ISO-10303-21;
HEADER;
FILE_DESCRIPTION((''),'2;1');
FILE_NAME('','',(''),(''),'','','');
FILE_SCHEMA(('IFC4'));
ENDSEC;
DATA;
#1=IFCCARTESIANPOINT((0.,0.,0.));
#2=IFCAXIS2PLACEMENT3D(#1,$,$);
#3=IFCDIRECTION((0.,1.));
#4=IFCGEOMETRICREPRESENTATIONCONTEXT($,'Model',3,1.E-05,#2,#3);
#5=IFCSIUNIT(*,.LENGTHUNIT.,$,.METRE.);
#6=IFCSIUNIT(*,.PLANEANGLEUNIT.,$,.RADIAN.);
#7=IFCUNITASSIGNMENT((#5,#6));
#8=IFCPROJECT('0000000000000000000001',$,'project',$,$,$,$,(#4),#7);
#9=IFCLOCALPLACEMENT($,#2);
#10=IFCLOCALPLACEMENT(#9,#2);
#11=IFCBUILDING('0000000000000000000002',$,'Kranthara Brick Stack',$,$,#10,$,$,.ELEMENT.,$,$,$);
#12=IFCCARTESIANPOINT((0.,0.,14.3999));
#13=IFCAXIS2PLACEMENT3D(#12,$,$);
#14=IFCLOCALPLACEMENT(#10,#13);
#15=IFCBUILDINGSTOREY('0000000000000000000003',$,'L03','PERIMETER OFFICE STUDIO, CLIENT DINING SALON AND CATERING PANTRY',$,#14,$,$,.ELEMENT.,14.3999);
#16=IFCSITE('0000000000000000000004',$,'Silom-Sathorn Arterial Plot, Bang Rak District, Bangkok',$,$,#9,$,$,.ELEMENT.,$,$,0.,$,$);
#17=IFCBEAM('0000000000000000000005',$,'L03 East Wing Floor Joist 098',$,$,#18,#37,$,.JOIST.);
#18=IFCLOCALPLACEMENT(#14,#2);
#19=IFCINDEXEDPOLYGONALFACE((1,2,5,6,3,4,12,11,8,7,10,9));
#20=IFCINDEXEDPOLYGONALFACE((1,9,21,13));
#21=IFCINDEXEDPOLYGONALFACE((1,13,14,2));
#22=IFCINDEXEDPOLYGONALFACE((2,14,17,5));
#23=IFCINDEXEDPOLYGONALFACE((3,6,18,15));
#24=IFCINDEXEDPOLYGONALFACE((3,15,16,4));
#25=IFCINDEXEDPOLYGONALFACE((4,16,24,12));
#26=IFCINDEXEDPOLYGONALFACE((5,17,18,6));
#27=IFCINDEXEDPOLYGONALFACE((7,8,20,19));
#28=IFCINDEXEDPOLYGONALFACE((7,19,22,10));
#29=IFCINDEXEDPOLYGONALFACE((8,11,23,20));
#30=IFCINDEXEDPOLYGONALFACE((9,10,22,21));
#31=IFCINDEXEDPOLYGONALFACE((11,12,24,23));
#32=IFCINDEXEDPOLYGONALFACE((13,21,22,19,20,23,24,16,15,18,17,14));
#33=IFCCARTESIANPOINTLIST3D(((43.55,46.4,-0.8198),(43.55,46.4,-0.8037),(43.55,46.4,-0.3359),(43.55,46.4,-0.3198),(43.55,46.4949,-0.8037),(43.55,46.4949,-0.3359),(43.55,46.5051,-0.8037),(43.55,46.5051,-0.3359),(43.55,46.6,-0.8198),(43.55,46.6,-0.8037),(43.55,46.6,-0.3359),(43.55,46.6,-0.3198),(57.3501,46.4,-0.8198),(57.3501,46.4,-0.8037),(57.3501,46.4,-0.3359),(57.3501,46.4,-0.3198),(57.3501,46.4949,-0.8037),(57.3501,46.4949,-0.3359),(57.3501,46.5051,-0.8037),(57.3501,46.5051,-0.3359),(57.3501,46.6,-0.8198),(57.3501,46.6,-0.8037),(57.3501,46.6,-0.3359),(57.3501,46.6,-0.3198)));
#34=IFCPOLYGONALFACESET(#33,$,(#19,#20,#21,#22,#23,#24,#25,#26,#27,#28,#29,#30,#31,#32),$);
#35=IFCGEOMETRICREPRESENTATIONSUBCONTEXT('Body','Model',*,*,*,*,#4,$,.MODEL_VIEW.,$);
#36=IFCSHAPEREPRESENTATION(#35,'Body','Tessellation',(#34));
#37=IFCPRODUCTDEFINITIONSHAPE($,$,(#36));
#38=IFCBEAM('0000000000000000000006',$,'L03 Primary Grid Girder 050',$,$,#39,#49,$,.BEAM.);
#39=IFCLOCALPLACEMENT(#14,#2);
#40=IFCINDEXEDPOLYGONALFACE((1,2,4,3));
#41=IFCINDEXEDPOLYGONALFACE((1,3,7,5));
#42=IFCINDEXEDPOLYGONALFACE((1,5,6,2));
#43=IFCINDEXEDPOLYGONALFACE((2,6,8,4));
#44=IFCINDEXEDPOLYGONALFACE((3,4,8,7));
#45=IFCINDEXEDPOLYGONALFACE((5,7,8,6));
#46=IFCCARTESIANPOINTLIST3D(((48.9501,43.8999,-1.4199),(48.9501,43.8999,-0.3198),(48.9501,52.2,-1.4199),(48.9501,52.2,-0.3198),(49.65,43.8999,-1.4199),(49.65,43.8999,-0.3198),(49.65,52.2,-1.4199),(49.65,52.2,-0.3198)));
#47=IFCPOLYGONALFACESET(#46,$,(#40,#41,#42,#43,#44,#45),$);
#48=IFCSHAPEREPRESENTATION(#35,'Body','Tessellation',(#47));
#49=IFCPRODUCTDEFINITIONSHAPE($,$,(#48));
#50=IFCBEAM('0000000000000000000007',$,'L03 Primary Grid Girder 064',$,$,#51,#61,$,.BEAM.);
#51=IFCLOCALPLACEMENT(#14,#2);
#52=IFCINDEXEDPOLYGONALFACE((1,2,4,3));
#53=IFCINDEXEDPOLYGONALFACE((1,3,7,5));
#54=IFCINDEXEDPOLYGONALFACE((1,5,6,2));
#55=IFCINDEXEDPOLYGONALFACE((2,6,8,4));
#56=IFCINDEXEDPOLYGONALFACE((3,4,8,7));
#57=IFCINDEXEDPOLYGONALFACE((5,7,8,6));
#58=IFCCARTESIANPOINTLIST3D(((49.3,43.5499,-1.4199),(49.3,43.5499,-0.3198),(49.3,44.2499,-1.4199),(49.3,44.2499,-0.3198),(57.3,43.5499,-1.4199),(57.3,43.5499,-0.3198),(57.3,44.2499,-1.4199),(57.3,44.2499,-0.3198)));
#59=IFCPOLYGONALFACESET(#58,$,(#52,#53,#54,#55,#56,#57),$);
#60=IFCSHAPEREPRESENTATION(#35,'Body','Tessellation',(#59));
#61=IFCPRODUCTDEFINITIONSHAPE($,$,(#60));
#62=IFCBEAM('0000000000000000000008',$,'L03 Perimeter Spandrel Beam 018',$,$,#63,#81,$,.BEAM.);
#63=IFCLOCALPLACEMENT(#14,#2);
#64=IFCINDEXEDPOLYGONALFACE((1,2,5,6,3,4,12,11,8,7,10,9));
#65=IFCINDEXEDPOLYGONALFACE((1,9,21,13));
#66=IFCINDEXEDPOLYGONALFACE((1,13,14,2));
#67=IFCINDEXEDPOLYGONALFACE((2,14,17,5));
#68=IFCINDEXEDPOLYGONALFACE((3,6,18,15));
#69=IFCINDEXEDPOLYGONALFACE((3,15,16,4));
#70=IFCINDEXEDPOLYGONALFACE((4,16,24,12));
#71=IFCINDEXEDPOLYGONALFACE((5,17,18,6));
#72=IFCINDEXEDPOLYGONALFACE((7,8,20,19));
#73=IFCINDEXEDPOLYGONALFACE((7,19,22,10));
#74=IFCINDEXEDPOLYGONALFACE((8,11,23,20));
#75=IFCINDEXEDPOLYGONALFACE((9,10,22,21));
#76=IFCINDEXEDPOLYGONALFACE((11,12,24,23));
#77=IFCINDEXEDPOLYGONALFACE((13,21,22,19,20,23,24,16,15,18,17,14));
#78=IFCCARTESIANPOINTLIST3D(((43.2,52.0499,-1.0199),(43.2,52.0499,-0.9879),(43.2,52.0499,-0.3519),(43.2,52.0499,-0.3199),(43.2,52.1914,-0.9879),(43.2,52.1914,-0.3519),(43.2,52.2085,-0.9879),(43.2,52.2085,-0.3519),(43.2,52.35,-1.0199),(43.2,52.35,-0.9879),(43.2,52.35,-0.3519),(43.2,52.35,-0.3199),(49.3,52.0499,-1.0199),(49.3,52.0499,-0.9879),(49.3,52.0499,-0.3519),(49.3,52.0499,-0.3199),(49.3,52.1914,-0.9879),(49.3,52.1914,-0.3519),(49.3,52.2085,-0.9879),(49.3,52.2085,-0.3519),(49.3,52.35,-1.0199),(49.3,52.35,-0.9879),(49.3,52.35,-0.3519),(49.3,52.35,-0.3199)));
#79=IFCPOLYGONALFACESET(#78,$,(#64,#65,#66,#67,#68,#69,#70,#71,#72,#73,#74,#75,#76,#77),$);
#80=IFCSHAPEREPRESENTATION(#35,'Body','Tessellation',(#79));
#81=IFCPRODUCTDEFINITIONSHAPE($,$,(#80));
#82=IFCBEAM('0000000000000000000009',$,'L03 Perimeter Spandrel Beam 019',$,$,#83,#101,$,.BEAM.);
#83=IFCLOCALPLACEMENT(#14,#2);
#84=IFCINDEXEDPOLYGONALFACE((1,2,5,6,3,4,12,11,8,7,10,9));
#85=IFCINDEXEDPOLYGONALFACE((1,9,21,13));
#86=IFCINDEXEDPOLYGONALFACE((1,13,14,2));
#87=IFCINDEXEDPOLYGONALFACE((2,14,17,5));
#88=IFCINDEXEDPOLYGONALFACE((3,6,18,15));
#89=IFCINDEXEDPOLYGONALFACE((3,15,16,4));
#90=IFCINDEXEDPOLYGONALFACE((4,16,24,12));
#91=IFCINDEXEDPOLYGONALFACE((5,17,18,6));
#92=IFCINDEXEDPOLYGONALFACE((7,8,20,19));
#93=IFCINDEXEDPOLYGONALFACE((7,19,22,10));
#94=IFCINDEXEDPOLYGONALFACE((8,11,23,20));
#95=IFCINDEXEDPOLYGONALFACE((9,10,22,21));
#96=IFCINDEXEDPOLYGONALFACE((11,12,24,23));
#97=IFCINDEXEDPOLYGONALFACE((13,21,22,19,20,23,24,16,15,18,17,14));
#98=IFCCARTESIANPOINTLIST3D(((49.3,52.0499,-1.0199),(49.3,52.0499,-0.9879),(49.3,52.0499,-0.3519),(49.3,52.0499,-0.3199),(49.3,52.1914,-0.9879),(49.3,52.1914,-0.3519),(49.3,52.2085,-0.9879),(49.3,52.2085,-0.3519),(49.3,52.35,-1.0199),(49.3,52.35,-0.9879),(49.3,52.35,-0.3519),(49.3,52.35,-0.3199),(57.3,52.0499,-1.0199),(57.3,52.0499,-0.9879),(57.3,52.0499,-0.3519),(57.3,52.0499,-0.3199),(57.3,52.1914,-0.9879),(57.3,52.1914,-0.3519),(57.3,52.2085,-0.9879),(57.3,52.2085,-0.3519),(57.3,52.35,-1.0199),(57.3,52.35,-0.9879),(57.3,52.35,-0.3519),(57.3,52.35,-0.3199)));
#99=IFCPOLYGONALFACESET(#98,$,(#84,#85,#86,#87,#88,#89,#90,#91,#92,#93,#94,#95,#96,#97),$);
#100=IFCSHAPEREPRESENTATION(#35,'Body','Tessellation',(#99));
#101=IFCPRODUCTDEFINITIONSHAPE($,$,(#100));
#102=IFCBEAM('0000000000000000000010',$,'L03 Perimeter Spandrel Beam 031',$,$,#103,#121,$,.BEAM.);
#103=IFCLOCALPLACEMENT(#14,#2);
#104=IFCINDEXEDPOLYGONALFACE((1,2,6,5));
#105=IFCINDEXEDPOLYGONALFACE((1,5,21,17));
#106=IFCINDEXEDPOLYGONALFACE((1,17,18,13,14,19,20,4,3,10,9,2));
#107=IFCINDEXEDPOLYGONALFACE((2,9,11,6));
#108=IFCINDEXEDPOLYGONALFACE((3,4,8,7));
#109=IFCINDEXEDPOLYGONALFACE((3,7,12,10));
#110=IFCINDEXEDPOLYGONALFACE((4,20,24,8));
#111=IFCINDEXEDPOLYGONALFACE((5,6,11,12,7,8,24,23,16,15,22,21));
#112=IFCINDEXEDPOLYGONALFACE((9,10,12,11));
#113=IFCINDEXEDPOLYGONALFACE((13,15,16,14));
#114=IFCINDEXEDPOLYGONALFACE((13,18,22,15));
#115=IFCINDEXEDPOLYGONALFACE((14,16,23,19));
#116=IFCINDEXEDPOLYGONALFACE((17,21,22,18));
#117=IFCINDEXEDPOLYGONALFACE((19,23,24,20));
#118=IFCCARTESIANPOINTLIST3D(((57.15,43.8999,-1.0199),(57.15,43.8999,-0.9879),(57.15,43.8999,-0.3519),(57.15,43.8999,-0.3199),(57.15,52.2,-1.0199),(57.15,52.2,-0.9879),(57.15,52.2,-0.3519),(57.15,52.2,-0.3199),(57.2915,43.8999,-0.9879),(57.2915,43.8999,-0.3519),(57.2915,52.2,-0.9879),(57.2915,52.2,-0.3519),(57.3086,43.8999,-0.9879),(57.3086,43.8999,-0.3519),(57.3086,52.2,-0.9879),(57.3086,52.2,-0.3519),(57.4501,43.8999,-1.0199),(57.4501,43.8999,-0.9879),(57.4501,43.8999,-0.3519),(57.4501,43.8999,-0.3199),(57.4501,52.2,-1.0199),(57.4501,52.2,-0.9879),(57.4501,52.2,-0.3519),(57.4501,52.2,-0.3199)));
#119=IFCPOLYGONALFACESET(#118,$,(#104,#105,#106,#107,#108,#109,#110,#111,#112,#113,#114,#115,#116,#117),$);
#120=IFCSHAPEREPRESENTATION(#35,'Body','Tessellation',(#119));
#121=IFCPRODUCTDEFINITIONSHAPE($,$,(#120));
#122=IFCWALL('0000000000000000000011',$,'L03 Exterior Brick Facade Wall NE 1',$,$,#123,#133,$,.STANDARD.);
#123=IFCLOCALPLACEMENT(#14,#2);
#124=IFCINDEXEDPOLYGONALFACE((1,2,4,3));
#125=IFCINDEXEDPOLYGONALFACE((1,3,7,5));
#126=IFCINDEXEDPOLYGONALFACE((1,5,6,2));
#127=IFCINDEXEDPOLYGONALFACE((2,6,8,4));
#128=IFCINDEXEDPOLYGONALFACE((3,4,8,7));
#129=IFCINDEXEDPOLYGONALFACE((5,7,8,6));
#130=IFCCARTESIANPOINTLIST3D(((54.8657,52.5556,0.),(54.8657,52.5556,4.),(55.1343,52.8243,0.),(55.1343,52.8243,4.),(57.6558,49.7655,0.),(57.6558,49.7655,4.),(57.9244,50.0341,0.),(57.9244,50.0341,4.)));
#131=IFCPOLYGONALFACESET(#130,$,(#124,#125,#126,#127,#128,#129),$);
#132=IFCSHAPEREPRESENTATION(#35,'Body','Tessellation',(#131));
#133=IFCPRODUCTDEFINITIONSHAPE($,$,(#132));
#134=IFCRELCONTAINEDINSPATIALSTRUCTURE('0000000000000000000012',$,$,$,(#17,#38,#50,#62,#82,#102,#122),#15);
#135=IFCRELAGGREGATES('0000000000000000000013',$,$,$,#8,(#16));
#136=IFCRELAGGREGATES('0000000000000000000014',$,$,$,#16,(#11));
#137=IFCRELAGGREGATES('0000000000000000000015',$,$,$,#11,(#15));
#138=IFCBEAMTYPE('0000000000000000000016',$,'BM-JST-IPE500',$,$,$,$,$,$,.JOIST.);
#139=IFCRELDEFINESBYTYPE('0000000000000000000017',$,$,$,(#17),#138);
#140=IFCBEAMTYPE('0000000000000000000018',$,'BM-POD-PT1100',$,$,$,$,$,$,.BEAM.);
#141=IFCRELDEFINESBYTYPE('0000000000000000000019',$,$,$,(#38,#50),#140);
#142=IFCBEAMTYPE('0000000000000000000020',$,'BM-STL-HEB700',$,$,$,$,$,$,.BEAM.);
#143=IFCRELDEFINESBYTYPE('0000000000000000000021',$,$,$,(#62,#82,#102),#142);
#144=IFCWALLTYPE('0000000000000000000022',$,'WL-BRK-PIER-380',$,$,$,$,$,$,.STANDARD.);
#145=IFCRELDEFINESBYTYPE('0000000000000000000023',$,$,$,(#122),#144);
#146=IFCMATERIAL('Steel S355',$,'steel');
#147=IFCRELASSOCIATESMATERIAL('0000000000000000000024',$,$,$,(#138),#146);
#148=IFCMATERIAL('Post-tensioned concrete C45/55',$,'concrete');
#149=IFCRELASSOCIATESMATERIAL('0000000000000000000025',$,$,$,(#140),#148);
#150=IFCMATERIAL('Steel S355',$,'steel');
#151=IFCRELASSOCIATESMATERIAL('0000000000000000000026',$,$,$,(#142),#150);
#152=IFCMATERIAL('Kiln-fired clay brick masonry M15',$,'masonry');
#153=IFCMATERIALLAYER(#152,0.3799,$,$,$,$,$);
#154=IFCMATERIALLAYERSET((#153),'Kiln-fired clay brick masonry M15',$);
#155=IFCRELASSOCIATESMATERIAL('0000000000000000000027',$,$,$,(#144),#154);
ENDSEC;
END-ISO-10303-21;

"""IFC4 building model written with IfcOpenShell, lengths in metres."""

from ifc_helpers import new_model, si_unit, direction, frame, frame_2d, origin, origin_2d, place, context, subcontext, project, spatial, rectangle, i_section, extrude, material, layer, layer_set, material_profile, profile_set, type_object, element, save


model = new_model("IFC4")

# Units and contexts
model_context = context("Model", 3, precision=1e-05, world=origin(), true_north=direction((0.0, 1.0)))
body_context = subcontext(model_context, "Body", "Model", "MODEL_VIEW")
ifc_project = project(units=[si_unit("LENGTHUNIT", "METRE"), si_unit("PLANEANGLEUNIT", "RADIAN")], contexts=[model_context])

# Site, building, storey
site_placement = place(None, origin())
site = spatial("IfcSite", under=ifc_project, at=site_placement, Name="Silom-Sathorn Arterial Plot, Bang Rak District, Bangkok", CompositionType="ELEMENT", RefElevation=0.0)
building_placement = place(site_placement, origin())
building = spatial("IfcBuilding", under=site, at=building_placement, Name="Kranthara Brick Stack", CompositionType="ELEMENT")
storey_placement = place(building_placement, frame((0.0, 0.0, 14.3999)))
storey = spatial("IfcBuildingStorey", under=building, at=storey_placement, Name="L03", Description="PERIMETER OFFICE STUDIO, CLIENT DINING SALON AND CATERING PANTRY", CompositionType="ELEMENT", Elevation=14.3999)

# Beams
ifc_material_1 = material(Name="Steel S355", Category="steel")
ifc_material_profile_1 = material_profile(ifc_material_1, i_section(OverallWidth=0.2, OverallDepth=0.5, WebThickness=0.0103, FlangeThickness=0.0161, at=origin_2d()), Name="IPE 500")
ifc_profile_set_1 = profile_set([ifc_material_profile_1], Name="Steel S355")
beam_type_1 = type_object("IfcBeamType", Name="BM-JST-IPE500", PredefinedType="JOIST", material=ifc_profile_set_1)
for number, where, z_axis, x_axis, name in (
    (1, (43.55, 46.5, -0.5698), (1.0, 0.0, 0.0), (0.0, 1.0, 0.0), "L03 East Wing Floor Joist 098"),
):
    element("IfcBeam", number, at=place(storey_placement, frame(where, z_axis=z_axis, x_axis=x_axis)), inside=storey, type_object=beam_type_1, Name=name, PredefinedType="JOIST", context=body_context, shape_type="SweptSolid", body=[
        extrude(i_section(OverallWidth=0.2, OverallDepth=0.5, WebThickness=0.0103, FlangeThickness=0.0161, at=origin_2d()), origin(), (0.0, 0.0, 1.0), 13.8),
    ])
ifc_material_2 = material(Name="Post-tensioned concrete C45/55", Category="concrete")
ifc_material_profile_2 = material_profile(ifc_material_2, rectangle(XDim=0.7, YDim=1.1001, at=origin_2d()), Name="PT 700x1100")
ifc_profile_set_2 = profile_set([ifc_material_profile_2], Name="Post-tensioned concrete C45/55")
beam_type_2 = type_object("IfcBeamType", Name="BM-POD-PT1100", PredefinedType="BEAM", material=ifc_profile_set_2)
beam_1_placement = place(storey_placement, frame((49.3, 43.8999, -0.8699), z_axis=(0.0, 1.0, 0.0), x_axis=(-1.0, 0.0, 0.0)))
element("IfcBeam", 2, at=beam_1_placement, inside=storey, type_object=beam_type_2, Name="L03 Primary Grid Girder 050", PredefinedType="BEAM", context=body_context, shape_type="SweptSolid", body=[
    extrude(rectangle(XDim=0.7, YDim=1.1001, at=origin_2d()), origin(), (0.0, 0.0, 1.0), 8.3),
])
beam_2_placement = place(storey_placement, frame((49.3, 43.8999, -0.8699), z_axis=(1.0, 0.0, 0.0), x_axis=(0.0, 1.0, 0.0)))
element("IfcBeam", 3, at=beam_2_placement, inside=storey, type_object=beam_type_2, Name="L03 Primary Grid Girder 064", PredefinedType="BEAM", context=body_context, shape_type="SweptSolid", body=[
    extrude(rectangle(XDim=0.7, YDim=1.1001, at=origin_2d()), origin(), (0.0, 0.0, 1.0), 8.0),
])
ifc_material_3 = material(Name="Steel S355", Category="steel")
ifc_material_profile_3 = material_profile(ifc_material_3, i_section(OverallWidth=0.3, OverallDepth=0.7, WebThickness=0.0171, FlangeThickness=0.032, at=origin_2d()), Name="HEB 700")
ifc_profile_set_3 = profile_set([ifc_material_profile_3], Name="Steel S355")
beam_type_3 = type_object("IfcBeamType", Name="BM-STL-HEB700", PredefinedType="BEAM", material=ifc_profile_set_3)
beam_3_placement = place(storey_placement, frame((43.2, 52.2, -0.6699), z_axis=(1.0, 0.0, 0.0), x_axis=(0.0, 1.0, 0.0)))
element("IfcBeam", 4, at=beam_3_placement, inside=storey, type_object=beam_type_3, Name="L03 Perimeter Spandrel Beam 018", PredefinedType="BEAM", context=body_context, shape_type="SweptSolid", body=[
    extrude(i_section(OverallWidth=0.3, OverallDepth=0.7, WebThickness=0.0171, FlangeThickness=0.032, at=origin_2d()), origin(), (0.0, 0.0, 1.0), 6.1001),
])
beam_4_placement = place(storey_placement, frame((49.3, 52.2, -0.6699), z_axis=(1.0, 0.0, 0.0), x_axis=(0.0, 1.0, 0.0)))
element("IfcBeam", 5, at=beam_4_placement, inside=storey, type_object=beam_type_3, Name="L03 Perimeter Spandrel Beam 019", PredefinedType="BEAM", context=body_context, shape_type="SweptSolid", body=[
    extrude(i_section(OverallWidth=0.3, OverallDepth=0.7, WebThickness=0.0171, FlangeThickness=0.032, at=origin_2d()), origin(), (0.0, 0.0, 1.0), 8.0),
])
beam_5_placement = place(storey_placement, frame((57.3, 43.8999, -0.6699), z_axis=(0.0, 1.0, 0.0), x_axis=(-1.0, 0.0, 0.0)))
element("IfcBeam", 6, at=beam_5_placement, inside=storey, type_object=beam_type_3, Name="L03 Perimeter Spandrel Beam 031", PredefinedType="BEAM", context=body_context, shape_type="SweptSolid", body=[
    extrude(i_section(OverallWidth=0.3, OverallDepth=0.7, WebThickness=0.0171, FlangeThickness=0.032, at=origin_2d()), origin(), (0.0, 0.0, 1.0), 8.3),
])

# Wall
ifc_material_4 = material(Name="Kiln-fired clay brick masonry M15", Category="masonry")
ifc_layer_1 = layer(ifc_material_4, 0.3799)
ifc_layer_set_1 = layer_set([ifc_layer_1], Name="Kiln-fired clay brick masonry M15")
wall_type_1 = type_object("IfcWallType", Name="WL-BRK-PIER-380", PredefinedType="STANDARD", material=ifc_layer_set_1)
wall_1_placement = place(storey_placement, frame((55.0, 52.6899, 0.0), z_axis=(0.0, 0.0, 1.0), x_axis=(0.707107, -0.707107, 0.0)))
element("IfcWall", 7, at=wall_1_placement, inside=storey, type_object=wall_type_1, Name="L03 Exterior Brick Facade Wall NE 1", PredefinedType="STANDARD", context=body_context, shape_type="SweptSolid", body=[
    extrude(rectangle(XDim=3.9458, YDim=0.3799, at=frame_2d((1.9729, 0.0))), origin(), (0.0, 0.0, 1.0), 4.0),
])

save(model, "model.ifc")
